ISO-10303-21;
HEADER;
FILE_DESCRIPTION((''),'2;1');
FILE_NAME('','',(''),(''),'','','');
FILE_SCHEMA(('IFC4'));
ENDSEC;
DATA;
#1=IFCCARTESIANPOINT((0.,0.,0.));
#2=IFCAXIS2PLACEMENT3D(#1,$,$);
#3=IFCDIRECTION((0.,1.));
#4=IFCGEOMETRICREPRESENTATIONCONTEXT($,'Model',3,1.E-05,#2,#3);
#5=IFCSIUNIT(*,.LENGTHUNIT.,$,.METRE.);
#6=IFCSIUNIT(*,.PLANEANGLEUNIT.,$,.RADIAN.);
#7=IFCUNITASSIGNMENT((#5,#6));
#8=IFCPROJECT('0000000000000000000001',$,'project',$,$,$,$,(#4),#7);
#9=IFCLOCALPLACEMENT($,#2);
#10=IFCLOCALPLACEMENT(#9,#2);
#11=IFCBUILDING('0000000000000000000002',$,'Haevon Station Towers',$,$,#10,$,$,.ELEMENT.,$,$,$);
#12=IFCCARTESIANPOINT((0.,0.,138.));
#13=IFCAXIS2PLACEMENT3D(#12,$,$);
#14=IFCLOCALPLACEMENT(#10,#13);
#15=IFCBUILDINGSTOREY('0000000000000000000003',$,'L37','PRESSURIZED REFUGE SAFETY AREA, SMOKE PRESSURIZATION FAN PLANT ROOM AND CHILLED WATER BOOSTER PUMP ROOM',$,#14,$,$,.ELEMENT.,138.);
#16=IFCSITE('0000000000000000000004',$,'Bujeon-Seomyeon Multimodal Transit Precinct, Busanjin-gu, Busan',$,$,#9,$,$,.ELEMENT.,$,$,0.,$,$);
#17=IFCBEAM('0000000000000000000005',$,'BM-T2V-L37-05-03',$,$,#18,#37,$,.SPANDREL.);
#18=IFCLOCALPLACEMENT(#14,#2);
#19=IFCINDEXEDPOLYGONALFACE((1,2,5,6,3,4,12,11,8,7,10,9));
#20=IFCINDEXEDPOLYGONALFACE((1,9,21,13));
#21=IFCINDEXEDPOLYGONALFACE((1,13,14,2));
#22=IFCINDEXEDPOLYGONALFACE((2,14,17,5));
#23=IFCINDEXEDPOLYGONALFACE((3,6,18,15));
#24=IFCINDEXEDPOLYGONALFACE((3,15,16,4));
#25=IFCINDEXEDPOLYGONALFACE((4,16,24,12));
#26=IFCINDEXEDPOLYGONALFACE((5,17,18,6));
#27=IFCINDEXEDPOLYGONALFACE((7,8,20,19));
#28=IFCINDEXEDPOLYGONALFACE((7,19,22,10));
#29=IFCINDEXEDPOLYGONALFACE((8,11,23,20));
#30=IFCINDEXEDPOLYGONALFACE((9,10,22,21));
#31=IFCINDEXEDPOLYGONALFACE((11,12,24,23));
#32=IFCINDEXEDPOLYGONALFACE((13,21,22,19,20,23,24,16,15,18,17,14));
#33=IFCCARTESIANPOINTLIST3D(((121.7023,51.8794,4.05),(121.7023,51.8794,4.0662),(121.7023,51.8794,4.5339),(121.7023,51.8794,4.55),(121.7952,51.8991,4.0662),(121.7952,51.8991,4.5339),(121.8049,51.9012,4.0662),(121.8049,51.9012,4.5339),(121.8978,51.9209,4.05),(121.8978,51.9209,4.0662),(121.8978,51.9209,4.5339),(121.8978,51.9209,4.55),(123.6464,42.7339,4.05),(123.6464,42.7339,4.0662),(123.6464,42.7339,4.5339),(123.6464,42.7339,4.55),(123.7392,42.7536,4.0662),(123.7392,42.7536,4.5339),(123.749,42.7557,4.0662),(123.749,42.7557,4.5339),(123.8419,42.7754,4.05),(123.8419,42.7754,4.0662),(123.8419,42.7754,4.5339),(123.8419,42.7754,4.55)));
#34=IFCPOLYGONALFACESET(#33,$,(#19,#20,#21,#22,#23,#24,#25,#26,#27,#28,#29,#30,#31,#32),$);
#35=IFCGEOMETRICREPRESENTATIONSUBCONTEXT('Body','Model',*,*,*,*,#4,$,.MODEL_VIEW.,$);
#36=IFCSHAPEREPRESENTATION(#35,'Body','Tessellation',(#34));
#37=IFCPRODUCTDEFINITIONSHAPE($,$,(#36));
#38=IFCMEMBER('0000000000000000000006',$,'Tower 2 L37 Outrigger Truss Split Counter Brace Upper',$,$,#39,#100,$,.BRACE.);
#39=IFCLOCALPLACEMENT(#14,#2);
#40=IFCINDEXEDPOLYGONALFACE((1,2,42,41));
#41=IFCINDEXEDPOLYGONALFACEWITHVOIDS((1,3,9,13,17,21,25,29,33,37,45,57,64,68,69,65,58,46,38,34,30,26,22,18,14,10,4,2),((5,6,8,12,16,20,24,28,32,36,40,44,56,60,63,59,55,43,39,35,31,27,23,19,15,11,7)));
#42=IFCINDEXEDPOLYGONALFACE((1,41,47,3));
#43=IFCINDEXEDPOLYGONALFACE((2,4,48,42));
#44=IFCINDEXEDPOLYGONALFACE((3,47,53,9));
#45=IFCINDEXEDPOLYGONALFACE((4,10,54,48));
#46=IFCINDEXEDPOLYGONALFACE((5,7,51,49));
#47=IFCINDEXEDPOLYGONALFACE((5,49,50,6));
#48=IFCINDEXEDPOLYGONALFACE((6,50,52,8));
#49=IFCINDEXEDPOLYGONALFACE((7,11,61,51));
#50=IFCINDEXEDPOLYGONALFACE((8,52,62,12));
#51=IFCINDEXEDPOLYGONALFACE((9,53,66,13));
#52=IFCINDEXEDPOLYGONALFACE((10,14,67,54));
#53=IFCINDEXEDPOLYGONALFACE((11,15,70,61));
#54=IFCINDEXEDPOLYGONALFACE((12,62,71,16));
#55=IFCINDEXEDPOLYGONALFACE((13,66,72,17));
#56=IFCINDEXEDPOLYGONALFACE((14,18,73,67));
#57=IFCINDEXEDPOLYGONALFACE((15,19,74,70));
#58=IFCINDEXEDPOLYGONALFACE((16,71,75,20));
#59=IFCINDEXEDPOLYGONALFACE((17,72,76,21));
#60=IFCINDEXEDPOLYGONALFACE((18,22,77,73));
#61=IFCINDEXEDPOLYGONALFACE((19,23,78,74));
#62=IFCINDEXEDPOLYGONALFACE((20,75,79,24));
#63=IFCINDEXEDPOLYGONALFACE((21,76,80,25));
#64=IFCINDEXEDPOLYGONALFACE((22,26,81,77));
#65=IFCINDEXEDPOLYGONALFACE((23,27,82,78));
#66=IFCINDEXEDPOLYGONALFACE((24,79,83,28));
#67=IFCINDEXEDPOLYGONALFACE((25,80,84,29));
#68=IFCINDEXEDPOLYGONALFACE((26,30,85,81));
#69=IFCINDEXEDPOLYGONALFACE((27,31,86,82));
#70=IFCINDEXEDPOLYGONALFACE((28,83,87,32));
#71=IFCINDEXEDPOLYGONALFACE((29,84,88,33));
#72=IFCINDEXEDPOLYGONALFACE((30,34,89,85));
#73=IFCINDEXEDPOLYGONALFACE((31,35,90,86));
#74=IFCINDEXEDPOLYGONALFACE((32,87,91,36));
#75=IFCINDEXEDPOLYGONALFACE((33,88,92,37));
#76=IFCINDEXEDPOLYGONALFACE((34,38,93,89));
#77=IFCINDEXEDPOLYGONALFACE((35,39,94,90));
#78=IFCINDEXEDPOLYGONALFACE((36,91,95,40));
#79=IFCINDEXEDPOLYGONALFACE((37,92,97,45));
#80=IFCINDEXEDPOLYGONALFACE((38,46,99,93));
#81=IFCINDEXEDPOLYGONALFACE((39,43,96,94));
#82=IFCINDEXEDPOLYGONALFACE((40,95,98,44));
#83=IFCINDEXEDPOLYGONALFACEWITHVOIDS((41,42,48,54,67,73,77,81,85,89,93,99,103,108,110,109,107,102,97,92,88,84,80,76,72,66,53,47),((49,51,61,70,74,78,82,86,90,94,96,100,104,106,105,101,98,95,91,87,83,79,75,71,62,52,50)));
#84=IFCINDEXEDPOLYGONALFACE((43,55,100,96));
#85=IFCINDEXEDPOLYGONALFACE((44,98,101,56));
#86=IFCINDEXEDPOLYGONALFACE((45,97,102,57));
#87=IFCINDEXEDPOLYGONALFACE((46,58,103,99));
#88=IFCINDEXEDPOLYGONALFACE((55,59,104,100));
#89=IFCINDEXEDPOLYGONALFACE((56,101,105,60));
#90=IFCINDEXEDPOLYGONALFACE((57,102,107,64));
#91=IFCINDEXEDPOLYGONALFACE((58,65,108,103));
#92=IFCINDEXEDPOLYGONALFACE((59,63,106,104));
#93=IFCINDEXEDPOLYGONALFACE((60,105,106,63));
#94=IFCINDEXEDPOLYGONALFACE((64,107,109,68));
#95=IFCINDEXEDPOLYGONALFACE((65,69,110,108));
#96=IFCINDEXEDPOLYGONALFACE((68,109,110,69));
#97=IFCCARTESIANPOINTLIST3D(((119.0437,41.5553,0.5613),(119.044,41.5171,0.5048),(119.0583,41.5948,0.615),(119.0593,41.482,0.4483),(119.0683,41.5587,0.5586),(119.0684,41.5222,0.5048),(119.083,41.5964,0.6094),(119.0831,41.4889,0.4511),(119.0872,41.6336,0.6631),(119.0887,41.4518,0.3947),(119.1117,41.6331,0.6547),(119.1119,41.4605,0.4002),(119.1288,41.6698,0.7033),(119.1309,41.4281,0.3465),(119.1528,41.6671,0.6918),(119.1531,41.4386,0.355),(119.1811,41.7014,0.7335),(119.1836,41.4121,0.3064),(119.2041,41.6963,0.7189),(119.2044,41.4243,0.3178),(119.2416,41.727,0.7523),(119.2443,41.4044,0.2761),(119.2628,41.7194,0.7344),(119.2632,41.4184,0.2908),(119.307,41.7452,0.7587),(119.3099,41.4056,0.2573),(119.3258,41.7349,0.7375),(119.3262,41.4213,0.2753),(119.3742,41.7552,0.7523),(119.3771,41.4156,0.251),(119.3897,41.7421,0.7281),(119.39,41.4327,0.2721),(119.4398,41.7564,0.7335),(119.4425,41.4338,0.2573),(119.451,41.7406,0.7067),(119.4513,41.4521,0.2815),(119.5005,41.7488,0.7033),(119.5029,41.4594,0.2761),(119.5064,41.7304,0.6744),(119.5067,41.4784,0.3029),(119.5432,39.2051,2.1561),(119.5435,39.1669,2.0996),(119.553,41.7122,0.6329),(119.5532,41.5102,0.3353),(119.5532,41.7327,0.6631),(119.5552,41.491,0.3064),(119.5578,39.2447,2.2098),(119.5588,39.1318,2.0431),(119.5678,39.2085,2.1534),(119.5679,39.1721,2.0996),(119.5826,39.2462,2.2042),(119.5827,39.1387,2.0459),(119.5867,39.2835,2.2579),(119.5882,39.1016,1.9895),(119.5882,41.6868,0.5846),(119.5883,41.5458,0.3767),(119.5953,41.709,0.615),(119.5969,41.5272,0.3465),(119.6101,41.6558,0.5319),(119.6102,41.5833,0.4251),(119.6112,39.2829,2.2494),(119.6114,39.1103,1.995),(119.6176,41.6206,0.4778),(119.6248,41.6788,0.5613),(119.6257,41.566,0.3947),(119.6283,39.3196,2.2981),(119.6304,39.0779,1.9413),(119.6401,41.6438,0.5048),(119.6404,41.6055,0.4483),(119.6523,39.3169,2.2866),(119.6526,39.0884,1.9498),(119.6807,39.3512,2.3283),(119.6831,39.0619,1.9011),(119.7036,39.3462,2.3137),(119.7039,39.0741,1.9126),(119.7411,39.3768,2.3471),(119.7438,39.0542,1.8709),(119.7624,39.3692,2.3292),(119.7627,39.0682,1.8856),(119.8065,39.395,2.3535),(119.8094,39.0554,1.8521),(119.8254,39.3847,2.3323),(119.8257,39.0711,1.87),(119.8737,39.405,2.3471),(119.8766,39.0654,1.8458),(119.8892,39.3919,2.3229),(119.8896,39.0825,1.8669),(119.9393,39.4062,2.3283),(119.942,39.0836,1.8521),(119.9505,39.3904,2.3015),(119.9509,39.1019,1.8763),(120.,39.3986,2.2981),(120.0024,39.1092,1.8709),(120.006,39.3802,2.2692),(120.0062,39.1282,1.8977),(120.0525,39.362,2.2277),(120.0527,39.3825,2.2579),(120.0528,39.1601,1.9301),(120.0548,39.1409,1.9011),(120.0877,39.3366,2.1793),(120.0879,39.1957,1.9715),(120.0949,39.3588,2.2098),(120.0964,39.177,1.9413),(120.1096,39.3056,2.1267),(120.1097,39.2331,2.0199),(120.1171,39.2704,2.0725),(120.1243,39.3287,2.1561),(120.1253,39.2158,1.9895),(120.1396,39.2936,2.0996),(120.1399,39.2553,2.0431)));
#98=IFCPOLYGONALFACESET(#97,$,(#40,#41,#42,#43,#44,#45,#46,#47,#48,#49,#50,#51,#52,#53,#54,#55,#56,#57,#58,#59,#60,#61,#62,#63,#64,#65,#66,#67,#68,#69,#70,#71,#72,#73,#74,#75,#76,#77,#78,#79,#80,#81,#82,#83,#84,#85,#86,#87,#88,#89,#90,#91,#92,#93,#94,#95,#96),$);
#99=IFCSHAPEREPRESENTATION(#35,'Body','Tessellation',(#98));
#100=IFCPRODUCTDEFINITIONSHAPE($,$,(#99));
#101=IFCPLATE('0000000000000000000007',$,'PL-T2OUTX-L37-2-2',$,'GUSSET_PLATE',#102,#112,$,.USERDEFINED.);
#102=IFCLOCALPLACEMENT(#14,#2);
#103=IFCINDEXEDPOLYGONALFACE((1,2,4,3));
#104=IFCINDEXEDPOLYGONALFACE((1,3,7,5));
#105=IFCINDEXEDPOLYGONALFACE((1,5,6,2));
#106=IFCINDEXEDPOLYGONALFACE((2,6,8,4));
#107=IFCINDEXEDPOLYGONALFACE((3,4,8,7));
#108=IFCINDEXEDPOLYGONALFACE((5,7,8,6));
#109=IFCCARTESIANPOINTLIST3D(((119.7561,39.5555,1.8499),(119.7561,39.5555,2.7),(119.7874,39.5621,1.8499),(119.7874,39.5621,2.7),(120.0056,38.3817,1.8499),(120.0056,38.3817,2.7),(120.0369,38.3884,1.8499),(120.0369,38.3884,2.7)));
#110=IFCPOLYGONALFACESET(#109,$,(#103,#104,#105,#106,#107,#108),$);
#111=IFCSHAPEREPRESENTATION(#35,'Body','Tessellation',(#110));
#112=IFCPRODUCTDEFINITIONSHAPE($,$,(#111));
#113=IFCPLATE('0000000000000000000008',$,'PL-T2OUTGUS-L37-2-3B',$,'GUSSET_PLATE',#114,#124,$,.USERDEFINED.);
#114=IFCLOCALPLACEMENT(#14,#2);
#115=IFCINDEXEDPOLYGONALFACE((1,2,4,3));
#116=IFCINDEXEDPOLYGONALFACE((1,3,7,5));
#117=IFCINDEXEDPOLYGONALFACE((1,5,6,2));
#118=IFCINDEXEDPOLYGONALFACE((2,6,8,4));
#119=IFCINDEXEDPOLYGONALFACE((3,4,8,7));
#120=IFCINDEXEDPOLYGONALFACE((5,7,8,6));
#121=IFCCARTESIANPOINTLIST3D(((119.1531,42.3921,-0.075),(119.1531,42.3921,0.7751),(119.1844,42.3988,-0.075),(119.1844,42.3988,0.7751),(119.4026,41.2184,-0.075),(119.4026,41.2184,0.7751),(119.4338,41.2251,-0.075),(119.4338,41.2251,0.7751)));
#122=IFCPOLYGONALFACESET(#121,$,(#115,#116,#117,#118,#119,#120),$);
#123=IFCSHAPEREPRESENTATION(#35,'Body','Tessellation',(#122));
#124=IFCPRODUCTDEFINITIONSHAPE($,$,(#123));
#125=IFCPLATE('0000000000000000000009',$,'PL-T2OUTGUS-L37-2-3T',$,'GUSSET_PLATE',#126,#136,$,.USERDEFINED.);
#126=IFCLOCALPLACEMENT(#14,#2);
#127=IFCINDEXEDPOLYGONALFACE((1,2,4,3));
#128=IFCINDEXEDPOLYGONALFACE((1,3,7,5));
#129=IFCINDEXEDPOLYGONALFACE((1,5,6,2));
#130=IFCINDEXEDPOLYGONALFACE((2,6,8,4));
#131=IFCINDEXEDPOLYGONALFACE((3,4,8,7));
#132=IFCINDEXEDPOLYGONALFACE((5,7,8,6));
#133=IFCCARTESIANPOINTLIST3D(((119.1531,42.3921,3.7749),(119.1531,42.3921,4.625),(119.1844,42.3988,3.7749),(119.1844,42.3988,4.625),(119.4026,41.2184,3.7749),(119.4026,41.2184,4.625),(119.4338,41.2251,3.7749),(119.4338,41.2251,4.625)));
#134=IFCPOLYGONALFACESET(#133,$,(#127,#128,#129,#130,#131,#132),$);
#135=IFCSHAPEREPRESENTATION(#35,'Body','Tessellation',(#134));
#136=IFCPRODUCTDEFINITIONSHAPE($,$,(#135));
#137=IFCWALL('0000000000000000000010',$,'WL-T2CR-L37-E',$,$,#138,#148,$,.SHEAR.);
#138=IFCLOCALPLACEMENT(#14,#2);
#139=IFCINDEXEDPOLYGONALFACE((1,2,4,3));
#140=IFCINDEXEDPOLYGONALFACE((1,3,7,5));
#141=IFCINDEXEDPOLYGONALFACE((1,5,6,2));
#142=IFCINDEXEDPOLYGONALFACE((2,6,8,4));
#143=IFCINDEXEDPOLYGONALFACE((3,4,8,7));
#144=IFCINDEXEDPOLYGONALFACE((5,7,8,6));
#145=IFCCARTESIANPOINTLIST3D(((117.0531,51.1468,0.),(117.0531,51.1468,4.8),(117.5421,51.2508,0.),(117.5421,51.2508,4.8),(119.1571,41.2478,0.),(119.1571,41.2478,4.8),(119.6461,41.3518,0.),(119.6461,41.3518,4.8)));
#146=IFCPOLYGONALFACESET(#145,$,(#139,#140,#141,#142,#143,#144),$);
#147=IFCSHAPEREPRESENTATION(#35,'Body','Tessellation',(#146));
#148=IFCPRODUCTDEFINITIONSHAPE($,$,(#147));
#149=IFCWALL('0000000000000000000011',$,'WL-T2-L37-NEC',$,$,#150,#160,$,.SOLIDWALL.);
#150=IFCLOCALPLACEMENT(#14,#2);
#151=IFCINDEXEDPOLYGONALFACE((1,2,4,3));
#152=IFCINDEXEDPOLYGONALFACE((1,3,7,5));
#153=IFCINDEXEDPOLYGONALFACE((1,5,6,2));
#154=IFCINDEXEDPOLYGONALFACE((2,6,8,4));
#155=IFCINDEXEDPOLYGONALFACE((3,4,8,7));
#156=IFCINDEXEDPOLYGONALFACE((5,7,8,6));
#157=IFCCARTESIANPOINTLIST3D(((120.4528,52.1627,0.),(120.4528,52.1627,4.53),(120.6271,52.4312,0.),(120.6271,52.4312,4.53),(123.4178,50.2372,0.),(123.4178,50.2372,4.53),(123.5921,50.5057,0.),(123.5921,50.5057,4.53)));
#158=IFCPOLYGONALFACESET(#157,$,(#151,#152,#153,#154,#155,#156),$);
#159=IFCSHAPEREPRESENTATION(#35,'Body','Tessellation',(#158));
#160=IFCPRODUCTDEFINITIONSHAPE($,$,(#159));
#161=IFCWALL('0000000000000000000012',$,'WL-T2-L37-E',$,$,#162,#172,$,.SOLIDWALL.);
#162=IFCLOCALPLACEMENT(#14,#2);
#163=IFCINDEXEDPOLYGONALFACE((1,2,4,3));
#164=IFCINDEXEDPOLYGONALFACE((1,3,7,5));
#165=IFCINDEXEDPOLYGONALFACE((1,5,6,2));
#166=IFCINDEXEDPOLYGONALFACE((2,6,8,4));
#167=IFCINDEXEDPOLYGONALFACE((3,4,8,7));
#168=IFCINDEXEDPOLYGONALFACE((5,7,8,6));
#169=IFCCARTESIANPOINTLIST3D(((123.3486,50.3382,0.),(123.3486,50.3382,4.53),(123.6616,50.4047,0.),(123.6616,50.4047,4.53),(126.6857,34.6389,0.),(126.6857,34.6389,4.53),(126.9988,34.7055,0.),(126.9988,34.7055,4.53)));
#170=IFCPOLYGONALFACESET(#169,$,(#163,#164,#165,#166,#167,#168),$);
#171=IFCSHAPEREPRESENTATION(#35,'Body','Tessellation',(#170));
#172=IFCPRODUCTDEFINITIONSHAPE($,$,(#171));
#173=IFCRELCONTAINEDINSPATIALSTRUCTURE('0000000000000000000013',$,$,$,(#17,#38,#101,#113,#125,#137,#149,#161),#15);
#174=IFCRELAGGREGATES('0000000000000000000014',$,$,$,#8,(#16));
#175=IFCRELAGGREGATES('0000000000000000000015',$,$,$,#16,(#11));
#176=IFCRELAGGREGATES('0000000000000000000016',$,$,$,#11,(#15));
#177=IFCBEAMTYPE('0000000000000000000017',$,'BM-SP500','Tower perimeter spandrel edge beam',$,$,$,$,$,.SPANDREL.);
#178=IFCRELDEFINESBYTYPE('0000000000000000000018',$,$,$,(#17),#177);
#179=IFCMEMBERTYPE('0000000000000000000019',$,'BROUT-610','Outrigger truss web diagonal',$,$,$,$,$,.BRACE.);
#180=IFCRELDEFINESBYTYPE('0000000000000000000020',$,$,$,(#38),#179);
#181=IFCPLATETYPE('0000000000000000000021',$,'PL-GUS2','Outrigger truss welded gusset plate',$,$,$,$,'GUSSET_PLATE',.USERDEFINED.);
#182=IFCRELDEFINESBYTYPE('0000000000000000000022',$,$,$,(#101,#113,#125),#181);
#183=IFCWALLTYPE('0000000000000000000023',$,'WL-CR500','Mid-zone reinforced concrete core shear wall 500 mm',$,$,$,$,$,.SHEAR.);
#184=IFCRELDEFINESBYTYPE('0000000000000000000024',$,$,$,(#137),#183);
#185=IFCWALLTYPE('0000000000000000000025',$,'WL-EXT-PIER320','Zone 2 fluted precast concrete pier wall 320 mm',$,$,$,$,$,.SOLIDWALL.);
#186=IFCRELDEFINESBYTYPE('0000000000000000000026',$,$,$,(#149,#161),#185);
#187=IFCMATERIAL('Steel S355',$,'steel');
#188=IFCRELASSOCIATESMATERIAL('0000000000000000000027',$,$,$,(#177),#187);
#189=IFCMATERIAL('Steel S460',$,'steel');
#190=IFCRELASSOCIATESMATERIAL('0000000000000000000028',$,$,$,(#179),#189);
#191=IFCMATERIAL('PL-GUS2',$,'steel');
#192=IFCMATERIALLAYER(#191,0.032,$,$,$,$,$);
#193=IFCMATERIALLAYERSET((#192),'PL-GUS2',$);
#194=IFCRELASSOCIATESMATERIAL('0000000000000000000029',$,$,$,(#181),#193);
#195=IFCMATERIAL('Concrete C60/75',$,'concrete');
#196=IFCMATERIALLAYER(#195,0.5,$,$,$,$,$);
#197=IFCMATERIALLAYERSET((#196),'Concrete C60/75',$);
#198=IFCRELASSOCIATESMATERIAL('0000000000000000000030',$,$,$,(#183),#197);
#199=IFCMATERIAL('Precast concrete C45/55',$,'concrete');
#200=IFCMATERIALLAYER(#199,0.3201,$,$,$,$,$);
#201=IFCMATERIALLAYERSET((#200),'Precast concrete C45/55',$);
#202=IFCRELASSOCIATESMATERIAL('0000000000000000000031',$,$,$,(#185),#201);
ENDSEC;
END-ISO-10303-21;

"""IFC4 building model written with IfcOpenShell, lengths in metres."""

from ifc_helpers import new_model, si_unit, direction, frame, frame_2d, origin, origin_2d, place, context, subcontext, project, spatial, rectangle, hollow_circle, i_section, extrude, material, layer, layer_set, material_profile, profile_set, type_object, element, save


model = new_model("IFC4")

# Units and contexts
model_context = context("Model", 3, precision=1e-05, world=origin(), true_north=direction((0.0, 1.0)))
body_context = subcontext(model_context, "Body", "Model", "MODEL_VIEW")
ifc_project = project(units=[si_unit("LENGTHUNIT", "METRE"), si_unit("PLANEANGLEUNIT", "RADIAN")], contexts=[model_context])

# Site, building, storey
site_placement = place(None, origin())
site = spatial("IfcSite", under=ifc_project, at=site_placement, Name="Bujeon-Seomyeon Multimodal Transit Precinct, Busanjin-gu, Busan", CompositionType="ELEMENT", RefElevation=0.0)
building_placement = place(site_placement, origin())
building = spatial("IfcBuilding", under=site, at=building_placement, Name="Haevon Station Towers", CompositionType="ELEMENT")
storey_placement = place(building_placement, frame((0.0, 0.0, 138.0)))
storey = spatial("IfcBuildingStorey", under=building, at=storey_placement, Name="L37", Description="PRESSURIZED REFUGE SAFETY AREA, SMOKE PRESSURIZATION FAN PLANT ROOM AND CHILLED WATER BOOSTER PUMP ROOM", CompositionType="ELEMENT", Elevation=138.0)

# Shared definitions
ifc_material_1 = material(Name="Steel S460", Category="steel")

# Beam
ifc_material_2 = material(Name="Steel S355", Category="steel")
ifc_material_profile_1 = material_profile(ifc_material_2, i_section(OverallWidth=0.2, OverallDepth=0.5, WebThickness=0.01, FlangeThickness=0.0161, at=origin_2d()), Name="H-500x200x10x16")
ifc_profile_set_1 = profile_set([ifc_material_profile_1], Name="Steel S355")
beam_type_1 = type_object("IfcBeamType", Name="BM-SP500", Description="Tower perimeter spandrel edge beam", PredefinedType="SPANDREL", material=ifc_profile_set_1)
beam_1_placement = place(storey_placement, frame((123.7441, 42.7546, 4.3), z_axis=(-0.207927, 0.978144, 0.0), x_axis=(-0.978144, -0.207927, 0.0)))
element("IfcBeam", 1, at=beam_1_placement, inside=storey, type_object=beam_type_1, Name="BM-T2V-L37-05-03", PredefinedType="SPANDREL", context=body_context, shape_type="SweptSolid", body=[
    extrude(i_section(OverallWidth=0.2, OverallDepth=0.5, WebThickness=0.01, FlangeThickness=0.0161, at=origin_2d()), origin(), (0.0, 0.0, 1.0), 9.3499),
])

# Member
ifc_material_profile_2 = material_profile(ifc_material_1, hollow_circle(Radius=0.3047, WallThickness=0.0249, at=origin_2d()), Name="CHS-609.6x25")
ifc_profile_set_2 = profile_set([ifc_material_profile_2], Name="Steel S460")
member_type = type_object("IfcMemberType", Name="BROUT-610", Description="Outrigger truss web diagonal", PredefinedType="BRACE", material=ifc_profile_set_2)
member_placement = place(storey_placement, frame((119.8416, 39.2302, 2.0996), z_axis=(-0.17322, 0.814964, -0.553017), x_axis=(-0.978149, -0.207905, 0.0)))
element("IfcMember", 2, at=member_placement, inside=storey, type_object=member_type, Name="Tower 2 L37 Outrigger Truss Split Counter Brace Upper", PredefinedType="BRACE", context=body_context, shape_type="SweptSolid", body=[
    extrude(hollow_circle(Radius=0.3047, WallThickness=0.0249, at=origin_2d()), origin(), (0.0, 0.0, 1.0), 2.8838),
])

# Plates
ifc_material_3 = material(Name="PL-GUS2", Category="steel")
ifc_layer_1 = layer(ifc_material_3, 0.032)
ifc_layer_set_1 = layer_set([ifc_layer_1], Name="PL-GUS2")
plate_type = type_object("IfcPlateType", Name="PL-GUS2", Description="Outrigger truss welded gusset plate", ElementType="GUSSET_PLATE", PredefinedType="USERDEFINED", material=ifc_layer_set_1)
for number, where, z_axis, x_axis, name in (
    (3, (119.8965, 38.9719, 1.8499), (0.0, 0.0, 1.0), (-0.207912, 0.978148, 0.0), "PL-T2OUTX-L37-2-2"),
    (4, (119.2935, 41.8086, -0.075), (0.0, 0.0, 1.0), (-0.207912, 0.978148, 0.0), "PL-T2OUTGUS-L37-2-3B"),
    (5, (119.2935, 41.8086, 3.7749), (0.0, 0.0, 1.0), (-0.207912, 0.978148, 0.0), "PL-T2OUTGUS-L37-2-3T"),
):
    element("IfcPlate", number, at=place(storey_placement, frame(where, z_axis=z_axis, x_axis=x_axis)), inside=storey, type_object=plate_type, Name=name, ObjectType="GUSSET_PLATE", PredefinedType="USERDEFINED", context=body_context, shape_type="SweptSolid", body=[
        extrude(rectangle(XDim=1.2, YDim=0.032, at=origin_2d()), origin(), (0.0, 0.0, 1.0), 0.8501),
    ])

# Walls
ifc_material_4 = material(Name="Concrete C60/75", Category="concrete")
ifc_layer_2 = layer(ifc_material_4, 0.5)
ifc_layer_set_2 = layer_set([ifc_layer_2], Name="Concrete C60/75")
wall_type_1 = type_object("IfcWallType", Name="WL-CR500", Description="Mid-zone reinforced concrete core shear wall 500 mm", PredefinedType="SHEAR", material=ifc_layer_set_2)
wall_1_placement = place(storey_placement, frame((119.4016, 41.2998, 0.0), z_axis=(0.0, 0.0, 1.0), x_axis=(-0.207904, 0.978149, 0.0)))
element("IfcWall", 6, at=wall_1_placement, inside=storey, type_object=wall_type_1, Name="WL-T2CR-L37-E", PredefinedType="SHEAR", context=body_context, shape_type="SweptSolid", body=[
    extrude(rectangle(XDim=10.1201, YDim=0.5, at=frame_2d((5.0601, 0.0))), origin(), (0.0, 0.0, 1.0), 4.8),
])
ifc_material_5 = material(Name="Precast concrete C45/55", Category="concrete")
ifc_layer_3 = layer(ifc_material_5, 0.3201)
ifc_layer_set_3 = layer_set([ifc_layer_3], Name="Precast concrete C45/55")
wall_type_2 = type_object("IfcWallType", Name="WL-EXT-PIER320", Description="Zone 2 fluted precast concrete pier wall 320 mm", PredefinedType="SOLIDWALL", material=ifc_layer_set_3)
wall_2_placement = place(storey_placement, frame((120.54, 52.2969, 0.0), z_axis=(0.0, 0.0, 1.0), x_axis=(0.838672, -0.544636, 0.0)))
element("IfcWall", 7, at=wall_2_placement, inside=storey, type_object=wall_type_2, Name="WL-T2-L37-NEC", PredefinedType="SOLIDWALL", context=body_context, shape_type="SweptSolid", body=[
    extrude(rectangle(XDim=3.5354, YDim=0.3201, at=frame_2d((1.7676, 0.0))), origin(), (0.0, 0.0, 1.0), 4.53),
])
wall_3_placement = place(storey_placement, frame((123.5051, 50.3713, 0.0), z_axis=(0.0, 0.0, 1.0), x_axis=(0.207923, -0.978145, 0.0)))
element("IfcWall", 8, at=wall_3_placement, inside=storey, type_object=wall_type_2, Name="WL-T2-L37-E", PredefinedType="SOLIDWALL", context=body_context, shape_type="SweptSolid", body=[
    extrude(rectangle(XDim=16.05, YDim=0.3201, at=frame_2d((8.0249, 0.0))), origin(), (0.0, 0.0, 1.0), 4.53),
])

save(model, "model.ifc")
